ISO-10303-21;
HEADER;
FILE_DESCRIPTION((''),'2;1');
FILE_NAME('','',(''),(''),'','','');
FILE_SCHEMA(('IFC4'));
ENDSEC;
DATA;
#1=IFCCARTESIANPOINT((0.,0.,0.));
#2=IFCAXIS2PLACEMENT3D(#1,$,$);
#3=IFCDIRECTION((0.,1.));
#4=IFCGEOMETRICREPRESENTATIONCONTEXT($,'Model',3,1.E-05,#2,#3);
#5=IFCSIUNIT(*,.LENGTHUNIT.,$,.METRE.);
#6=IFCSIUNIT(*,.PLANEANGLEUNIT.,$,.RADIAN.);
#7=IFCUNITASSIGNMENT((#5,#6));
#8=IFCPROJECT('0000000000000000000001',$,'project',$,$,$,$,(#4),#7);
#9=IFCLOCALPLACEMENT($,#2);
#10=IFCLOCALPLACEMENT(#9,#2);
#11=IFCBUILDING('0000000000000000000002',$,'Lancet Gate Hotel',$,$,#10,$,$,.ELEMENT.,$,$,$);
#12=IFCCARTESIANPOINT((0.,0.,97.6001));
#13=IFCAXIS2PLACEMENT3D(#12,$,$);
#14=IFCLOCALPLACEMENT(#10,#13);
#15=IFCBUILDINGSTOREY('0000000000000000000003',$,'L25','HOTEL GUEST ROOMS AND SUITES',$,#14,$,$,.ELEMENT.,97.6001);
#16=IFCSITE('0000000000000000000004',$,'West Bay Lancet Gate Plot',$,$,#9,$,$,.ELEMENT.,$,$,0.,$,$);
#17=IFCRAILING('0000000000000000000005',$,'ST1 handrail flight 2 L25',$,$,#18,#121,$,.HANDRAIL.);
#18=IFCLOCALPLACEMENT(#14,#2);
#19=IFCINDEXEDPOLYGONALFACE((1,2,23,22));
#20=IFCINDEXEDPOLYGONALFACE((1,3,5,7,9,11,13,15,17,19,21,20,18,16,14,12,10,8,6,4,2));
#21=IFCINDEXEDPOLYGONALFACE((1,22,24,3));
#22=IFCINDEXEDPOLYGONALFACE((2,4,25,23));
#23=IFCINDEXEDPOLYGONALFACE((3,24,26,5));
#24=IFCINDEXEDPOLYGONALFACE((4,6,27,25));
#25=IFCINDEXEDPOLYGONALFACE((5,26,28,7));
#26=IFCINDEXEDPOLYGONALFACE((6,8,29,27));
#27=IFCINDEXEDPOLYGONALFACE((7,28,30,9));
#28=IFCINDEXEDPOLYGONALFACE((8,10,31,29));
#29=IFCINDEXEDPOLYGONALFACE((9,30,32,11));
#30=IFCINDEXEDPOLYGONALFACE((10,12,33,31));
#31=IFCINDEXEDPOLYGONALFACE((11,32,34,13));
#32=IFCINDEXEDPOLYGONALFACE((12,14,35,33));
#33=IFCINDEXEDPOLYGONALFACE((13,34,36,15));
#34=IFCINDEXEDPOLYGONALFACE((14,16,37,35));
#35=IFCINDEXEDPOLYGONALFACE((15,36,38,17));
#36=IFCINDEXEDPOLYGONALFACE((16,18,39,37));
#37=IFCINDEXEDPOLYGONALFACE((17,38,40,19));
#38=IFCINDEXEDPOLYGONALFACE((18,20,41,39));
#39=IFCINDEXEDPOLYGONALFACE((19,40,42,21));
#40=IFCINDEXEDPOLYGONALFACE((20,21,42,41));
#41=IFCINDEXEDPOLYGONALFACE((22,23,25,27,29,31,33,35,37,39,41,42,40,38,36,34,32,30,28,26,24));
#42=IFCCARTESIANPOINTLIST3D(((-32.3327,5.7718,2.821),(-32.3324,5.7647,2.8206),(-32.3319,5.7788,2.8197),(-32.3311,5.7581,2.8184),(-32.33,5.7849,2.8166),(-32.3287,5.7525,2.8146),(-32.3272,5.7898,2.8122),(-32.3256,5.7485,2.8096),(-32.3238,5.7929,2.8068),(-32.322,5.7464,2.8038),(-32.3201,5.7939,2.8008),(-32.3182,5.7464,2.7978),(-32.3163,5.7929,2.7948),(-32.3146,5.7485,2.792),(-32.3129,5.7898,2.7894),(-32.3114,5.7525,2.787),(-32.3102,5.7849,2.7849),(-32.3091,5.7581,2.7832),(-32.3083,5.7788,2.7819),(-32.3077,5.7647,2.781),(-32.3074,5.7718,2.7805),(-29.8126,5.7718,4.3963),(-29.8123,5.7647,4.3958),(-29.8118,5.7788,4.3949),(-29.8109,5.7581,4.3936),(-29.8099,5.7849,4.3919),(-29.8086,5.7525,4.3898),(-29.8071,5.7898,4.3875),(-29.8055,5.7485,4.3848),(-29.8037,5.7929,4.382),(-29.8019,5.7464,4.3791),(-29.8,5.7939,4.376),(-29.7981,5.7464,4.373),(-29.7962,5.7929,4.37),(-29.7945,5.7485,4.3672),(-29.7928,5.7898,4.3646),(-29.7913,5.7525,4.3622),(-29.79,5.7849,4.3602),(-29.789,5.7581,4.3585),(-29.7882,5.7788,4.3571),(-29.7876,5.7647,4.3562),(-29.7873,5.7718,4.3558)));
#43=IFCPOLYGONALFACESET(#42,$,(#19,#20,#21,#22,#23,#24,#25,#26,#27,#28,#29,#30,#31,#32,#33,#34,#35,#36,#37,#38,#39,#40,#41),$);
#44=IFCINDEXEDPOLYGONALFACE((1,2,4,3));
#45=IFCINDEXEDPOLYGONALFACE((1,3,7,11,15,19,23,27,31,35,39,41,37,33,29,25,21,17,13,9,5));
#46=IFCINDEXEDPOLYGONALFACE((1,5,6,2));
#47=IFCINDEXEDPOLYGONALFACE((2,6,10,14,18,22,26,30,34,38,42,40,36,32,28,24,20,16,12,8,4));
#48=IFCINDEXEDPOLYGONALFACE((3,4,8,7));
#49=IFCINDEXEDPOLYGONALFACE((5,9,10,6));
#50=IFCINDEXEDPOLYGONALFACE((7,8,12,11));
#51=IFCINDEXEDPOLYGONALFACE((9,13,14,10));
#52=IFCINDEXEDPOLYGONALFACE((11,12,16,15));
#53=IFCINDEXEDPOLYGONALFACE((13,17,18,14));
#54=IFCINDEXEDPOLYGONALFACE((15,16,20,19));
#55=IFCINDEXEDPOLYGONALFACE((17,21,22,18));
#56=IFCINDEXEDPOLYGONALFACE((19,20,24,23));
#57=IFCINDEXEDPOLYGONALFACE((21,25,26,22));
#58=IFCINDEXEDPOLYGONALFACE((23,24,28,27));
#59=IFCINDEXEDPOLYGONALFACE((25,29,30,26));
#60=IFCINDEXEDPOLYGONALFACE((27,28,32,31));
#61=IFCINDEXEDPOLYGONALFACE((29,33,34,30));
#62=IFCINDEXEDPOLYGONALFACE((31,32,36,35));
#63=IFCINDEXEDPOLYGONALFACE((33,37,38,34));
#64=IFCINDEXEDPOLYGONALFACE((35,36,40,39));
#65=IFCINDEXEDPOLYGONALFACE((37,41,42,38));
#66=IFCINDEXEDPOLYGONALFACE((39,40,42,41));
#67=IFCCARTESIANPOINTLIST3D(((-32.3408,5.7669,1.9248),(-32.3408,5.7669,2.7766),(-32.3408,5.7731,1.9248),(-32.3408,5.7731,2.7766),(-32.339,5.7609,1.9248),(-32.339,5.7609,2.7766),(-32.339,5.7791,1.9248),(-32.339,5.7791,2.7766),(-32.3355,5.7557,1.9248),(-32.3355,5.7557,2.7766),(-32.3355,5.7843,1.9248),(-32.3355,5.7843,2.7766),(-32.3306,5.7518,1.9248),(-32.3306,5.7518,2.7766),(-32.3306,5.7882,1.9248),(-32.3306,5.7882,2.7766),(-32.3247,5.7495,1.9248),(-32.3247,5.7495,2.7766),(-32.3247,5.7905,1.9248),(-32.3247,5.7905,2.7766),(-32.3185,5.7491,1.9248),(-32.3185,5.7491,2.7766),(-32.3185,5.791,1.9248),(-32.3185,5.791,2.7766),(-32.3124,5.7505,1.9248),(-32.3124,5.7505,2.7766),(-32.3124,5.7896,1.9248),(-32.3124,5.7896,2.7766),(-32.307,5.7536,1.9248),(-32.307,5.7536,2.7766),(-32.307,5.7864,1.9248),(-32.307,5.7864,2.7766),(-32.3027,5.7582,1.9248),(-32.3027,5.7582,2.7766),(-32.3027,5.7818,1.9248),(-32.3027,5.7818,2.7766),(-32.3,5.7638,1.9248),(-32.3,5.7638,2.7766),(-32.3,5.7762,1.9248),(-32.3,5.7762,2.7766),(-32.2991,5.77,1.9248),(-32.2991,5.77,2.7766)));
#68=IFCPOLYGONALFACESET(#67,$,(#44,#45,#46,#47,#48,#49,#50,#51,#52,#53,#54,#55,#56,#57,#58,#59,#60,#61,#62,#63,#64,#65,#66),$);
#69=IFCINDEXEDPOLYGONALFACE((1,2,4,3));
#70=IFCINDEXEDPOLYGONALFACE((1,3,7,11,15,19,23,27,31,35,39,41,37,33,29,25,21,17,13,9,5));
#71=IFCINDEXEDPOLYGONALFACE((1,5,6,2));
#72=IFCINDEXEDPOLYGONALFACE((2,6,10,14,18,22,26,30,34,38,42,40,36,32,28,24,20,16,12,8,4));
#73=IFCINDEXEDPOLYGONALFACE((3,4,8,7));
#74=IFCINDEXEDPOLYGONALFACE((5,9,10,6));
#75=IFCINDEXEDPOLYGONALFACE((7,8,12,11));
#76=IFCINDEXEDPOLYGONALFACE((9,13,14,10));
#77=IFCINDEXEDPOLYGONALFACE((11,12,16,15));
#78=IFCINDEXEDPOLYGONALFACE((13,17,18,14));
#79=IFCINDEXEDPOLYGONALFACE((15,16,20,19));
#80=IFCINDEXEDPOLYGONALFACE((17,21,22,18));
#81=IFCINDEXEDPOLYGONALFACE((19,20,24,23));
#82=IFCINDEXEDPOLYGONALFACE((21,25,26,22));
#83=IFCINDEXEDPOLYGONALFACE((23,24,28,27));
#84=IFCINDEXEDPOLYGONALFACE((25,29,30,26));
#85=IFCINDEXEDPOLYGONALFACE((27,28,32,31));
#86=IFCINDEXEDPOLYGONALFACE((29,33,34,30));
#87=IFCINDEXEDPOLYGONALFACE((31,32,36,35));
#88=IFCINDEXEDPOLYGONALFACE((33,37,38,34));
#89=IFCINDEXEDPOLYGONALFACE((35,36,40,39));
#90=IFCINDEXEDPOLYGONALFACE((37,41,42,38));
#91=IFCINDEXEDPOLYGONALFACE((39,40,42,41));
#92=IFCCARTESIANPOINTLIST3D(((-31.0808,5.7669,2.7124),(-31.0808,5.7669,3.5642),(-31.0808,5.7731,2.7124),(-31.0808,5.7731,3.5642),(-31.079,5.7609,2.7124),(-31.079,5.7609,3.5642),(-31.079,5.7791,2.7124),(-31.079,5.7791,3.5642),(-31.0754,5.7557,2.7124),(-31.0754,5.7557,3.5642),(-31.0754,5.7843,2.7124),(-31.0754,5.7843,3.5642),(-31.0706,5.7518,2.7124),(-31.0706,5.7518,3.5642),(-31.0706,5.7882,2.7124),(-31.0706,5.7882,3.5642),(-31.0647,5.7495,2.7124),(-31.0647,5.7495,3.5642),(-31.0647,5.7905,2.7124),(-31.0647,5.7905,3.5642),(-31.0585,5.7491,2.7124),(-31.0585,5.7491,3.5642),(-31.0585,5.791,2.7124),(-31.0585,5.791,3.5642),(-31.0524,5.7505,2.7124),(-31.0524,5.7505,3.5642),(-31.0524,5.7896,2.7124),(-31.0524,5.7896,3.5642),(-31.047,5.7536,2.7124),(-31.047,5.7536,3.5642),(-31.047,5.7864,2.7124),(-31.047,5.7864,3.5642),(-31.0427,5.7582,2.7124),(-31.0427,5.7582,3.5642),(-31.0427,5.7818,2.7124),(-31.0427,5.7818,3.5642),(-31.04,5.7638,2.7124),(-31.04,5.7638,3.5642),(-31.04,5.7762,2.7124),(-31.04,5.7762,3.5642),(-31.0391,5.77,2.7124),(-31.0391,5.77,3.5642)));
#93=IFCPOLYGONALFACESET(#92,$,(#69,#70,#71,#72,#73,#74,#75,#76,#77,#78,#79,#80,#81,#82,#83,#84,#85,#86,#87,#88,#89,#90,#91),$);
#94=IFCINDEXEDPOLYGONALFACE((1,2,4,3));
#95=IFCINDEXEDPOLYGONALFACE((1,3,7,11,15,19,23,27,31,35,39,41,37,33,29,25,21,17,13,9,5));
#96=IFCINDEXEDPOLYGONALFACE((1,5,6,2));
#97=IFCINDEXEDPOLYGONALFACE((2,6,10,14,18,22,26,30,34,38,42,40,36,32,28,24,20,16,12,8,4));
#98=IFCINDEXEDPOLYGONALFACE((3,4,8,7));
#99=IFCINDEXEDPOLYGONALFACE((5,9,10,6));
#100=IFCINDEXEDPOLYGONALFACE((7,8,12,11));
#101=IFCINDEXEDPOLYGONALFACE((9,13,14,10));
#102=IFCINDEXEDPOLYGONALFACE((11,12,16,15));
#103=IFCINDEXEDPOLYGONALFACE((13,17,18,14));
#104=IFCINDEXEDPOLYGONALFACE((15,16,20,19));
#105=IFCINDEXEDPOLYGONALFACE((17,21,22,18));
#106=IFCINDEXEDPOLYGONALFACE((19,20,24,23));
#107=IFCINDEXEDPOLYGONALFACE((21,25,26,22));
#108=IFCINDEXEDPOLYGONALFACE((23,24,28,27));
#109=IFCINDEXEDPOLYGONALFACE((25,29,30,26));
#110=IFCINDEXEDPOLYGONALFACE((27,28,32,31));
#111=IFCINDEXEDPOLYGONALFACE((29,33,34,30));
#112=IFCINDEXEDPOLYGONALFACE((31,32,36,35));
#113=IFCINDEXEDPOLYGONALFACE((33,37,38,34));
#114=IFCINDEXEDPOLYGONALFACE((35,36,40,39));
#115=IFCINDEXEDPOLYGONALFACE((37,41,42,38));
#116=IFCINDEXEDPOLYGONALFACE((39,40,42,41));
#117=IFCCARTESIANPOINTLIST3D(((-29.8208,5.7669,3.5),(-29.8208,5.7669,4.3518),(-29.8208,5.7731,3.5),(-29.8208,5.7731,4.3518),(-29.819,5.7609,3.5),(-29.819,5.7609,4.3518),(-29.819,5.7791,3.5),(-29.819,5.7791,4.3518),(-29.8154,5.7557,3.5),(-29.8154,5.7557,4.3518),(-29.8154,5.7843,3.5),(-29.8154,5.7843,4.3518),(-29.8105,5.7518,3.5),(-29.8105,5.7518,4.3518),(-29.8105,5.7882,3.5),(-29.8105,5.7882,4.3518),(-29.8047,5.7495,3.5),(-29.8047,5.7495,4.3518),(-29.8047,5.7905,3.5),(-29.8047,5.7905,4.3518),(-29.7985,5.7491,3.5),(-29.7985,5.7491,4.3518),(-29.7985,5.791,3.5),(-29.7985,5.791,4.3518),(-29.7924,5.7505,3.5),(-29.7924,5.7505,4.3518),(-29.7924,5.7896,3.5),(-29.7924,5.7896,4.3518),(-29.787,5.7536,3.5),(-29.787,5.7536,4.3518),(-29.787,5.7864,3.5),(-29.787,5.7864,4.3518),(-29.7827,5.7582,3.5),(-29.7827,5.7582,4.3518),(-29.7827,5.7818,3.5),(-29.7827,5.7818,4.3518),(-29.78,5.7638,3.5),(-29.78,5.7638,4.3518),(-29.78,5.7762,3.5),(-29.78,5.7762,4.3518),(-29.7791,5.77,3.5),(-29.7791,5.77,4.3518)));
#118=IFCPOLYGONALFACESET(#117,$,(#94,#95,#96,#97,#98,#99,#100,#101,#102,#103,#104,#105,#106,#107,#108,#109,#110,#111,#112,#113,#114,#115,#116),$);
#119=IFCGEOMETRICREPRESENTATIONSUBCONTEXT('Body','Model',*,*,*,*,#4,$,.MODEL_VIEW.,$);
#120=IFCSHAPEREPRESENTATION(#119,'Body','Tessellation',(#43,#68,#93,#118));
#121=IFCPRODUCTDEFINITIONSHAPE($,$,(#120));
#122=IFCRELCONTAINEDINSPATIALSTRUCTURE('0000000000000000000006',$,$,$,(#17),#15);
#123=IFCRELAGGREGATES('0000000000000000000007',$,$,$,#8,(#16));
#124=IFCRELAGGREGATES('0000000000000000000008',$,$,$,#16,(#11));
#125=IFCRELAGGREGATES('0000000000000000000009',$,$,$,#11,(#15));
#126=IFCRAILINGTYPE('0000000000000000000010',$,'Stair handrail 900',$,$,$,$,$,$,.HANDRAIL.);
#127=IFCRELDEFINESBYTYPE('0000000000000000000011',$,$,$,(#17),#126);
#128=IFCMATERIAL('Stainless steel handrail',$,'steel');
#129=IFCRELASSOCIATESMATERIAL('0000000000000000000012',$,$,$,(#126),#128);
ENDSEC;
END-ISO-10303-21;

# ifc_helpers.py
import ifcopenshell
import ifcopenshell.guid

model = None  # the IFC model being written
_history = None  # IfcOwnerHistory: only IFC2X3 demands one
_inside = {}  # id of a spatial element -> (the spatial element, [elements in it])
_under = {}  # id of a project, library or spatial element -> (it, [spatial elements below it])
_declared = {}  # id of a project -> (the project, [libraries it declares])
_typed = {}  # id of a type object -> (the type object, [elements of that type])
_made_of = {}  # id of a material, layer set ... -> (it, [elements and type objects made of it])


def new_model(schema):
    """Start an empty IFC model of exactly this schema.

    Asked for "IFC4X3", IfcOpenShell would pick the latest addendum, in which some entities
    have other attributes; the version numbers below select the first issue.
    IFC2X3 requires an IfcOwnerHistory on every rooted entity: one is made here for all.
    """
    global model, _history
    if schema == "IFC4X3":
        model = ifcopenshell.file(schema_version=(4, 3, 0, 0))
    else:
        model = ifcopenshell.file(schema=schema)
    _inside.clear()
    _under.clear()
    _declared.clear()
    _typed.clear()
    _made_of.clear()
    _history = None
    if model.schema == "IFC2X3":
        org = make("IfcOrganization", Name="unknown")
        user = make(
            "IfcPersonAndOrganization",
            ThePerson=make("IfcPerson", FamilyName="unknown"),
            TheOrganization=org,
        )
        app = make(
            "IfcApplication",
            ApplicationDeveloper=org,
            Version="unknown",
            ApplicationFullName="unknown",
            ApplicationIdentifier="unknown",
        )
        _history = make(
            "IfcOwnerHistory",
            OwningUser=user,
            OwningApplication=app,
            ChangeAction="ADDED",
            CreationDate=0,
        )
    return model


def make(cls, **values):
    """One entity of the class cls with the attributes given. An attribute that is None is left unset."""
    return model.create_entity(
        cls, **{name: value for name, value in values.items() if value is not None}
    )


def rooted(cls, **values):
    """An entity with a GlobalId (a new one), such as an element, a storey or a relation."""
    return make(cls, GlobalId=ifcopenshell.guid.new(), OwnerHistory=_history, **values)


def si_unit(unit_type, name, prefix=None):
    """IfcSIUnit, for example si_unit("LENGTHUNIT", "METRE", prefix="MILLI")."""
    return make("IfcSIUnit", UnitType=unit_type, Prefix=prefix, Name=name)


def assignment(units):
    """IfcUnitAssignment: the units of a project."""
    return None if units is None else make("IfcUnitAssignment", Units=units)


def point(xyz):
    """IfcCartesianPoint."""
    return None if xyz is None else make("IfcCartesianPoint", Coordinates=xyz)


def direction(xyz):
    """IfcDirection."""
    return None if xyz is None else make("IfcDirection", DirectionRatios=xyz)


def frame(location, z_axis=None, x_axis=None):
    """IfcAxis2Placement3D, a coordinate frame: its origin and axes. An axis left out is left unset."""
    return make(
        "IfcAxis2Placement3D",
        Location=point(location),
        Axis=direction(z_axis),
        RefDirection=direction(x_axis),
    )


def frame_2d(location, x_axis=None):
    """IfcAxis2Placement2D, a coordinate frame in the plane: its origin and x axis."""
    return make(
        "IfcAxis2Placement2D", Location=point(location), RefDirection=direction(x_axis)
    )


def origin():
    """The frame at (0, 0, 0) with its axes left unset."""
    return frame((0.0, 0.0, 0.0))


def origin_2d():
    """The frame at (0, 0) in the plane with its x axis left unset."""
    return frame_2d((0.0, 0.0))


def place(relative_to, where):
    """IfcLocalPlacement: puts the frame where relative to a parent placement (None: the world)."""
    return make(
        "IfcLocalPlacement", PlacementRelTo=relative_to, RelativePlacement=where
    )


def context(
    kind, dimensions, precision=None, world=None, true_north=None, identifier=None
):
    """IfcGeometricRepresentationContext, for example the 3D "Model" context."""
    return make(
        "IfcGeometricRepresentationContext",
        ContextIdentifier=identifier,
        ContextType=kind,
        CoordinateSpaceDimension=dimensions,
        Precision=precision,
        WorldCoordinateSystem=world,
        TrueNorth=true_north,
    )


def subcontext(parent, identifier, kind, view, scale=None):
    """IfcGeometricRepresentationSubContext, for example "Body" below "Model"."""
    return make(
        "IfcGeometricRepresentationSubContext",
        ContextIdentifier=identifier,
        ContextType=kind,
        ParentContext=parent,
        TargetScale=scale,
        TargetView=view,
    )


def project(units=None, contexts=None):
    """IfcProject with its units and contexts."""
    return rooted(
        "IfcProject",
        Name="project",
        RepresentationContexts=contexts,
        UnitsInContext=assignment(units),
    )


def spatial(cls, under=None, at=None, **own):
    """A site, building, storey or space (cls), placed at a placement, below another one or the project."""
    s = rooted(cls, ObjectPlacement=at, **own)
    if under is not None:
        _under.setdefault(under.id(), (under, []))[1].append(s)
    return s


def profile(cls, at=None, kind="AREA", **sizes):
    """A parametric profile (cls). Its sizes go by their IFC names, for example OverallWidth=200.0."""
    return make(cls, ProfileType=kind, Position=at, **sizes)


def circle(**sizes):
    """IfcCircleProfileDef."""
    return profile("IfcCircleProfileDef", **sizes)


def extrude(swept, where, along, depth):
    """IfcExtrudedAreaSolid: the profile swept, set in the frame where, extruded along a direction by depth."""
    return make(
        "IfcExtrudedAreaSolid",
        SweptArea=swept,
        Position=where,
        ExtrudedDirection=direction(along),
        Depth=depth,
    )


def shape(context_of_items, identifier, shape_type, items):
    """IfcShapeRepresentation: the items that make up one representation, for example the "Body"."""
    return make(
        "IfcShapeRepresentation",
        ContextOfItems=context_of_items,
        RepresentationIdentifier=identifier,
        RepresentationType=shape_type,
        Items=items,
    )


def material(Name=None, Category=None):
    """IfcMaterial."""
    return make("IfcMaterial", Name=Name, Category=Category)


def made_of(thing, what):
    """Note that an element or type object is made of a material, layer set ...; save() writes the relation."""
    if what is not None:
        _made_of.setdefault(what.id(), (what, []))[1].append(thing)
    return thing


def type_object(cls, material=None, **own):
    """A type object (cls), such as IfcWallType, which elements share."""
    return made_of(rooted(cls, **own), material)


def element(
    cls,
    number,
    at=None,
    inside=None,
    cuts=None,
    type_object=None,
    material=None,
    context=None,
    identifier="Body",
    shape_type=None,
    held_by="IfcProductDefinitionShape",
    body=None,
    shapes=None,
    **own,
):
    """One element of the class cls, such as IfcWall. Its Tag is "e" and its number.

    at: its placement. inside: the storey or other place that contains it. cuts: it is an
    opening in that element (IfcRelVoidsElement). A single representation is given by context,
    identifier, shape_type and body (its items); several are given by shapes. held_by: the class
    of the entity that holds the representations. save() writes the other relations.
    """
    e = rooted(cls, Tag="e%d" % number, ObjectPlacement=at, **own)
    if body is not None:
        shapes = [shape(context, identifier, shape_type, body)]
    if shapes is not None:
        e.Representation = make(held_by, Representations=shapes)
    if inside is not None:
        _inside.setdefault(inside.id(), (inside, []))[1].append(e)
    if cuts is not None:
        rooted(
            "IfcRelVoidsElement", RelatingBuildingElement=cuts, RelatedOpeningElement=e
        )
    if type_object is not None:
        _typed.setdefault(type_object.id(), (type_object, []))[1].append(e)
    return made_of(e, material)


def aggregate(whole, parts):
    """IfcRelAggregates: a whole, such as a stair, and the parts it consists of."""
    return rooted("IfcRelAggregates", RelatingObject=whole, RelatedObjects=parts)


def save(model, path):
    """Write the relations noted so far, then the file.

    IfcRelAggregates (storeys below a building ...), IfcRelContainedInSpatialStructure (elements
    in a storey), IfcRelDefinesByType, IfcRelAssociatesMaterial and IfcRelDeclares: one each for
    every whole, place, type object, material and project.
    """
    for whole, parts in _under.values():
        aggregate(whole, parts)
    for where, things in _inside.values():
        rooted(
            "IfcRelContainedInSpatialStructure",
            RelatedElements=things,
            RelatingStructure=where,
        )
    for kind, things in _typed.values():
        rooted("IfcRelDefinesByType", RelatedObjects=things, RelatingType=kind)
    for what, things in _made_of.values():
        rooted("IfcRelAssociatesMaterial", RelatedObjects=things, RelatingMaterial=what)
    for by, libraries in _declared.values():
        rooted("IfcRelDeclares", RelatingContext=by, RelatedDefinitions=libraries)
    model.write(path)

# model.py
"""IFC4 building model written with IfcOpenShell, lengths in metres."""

from ifc_helpers import new_model, si_unit, direction, frame, origin, origin_2d, place, context, subcontext, project, spatial, circle, extrude, material, type_object, element, save


model = new_model("IFC4")

# Units and contexts
model_context = context("Model", 3, precision=1e-05, world=origin(), true_north=direction((0.0, 1.0)))
body_context = subcontext(model_context, "Body", "Model", "MODEL_VIEW")
ifc_project = project(units=[si_unit("LENGTHUNIT", "METRE"), si_unit("PLANEANGLEUNIT", "RADIAN")], contexts=[model_context])

# Site, building, storey
site_placement = place(None, origin())
site = spatial("IfcSite", under=ifc_project, at=site_placement, Name="West Bay Lancet Gate Plot", CompositionType="ELEMENT", RefElevation=0.0)
building_placement = place(site_placement, origin())
building = spatial("IfcBuilding", under=site, at=building_placement, Name="Lancet Gate Hotel", CompositionType="ELEMENT")
storey_placement = place(building_placement, frame((0.0, 0.0, 97.6001)))
storey = spatial("IfcBuildingStorey", under=building, at=storey_placement, Name="L25", Description="HOTEL GUEST ROOMS AND SUITES", CompositionType="ELEMENT", Elevation=97.6001)

# Railing
ifc_material_1 = material(Name="Stainless steel handrail", Category="steel")
railing_type = type_object("IfcRailingType", Name="Stair handrail 900", PredefinedType="HANDRAIL", material=ifc_material_1)
railing_1_placement = place(storey_placement, frame((-32.3201, 5.77, 1.9248)))
element("IfcRailing", 1, at=railing_1_placement, inside=storey, type_object=railing_type, Name="ST1 handrail flight 2 L25", PredefinedType="HANDRAIL", context=body_context, shape_type="SweptSolid", body=[
    extrude(circle(Radius=0.0239, at=origin_2d()), frame((0.0, 0.0, 0.876), z_axis=(0.847971, 0.0, 0.530043), x_axis=(0.0, 1.0, 0.0)), (0.0, 0.0, 1.0), 2.9719),
    extrude(circle(Radius=0.021, at=origin_2d()), origin(), (0.0, 0.0, 1.0), 0.8518),
    extrude(circle(Radius=0.021, at=origin_2d()), frame((1.26, 0.0, 0.7876)), (0.0, 0.0, 1.0), 0.8518),
    extrude(circle(Radius=0.021, at=origin_2d()), frame((2.52, 0.0, 1.5752)), (0.0, 0.0, 1.0), 0.8518),
])

save(model, "model.ifc")
